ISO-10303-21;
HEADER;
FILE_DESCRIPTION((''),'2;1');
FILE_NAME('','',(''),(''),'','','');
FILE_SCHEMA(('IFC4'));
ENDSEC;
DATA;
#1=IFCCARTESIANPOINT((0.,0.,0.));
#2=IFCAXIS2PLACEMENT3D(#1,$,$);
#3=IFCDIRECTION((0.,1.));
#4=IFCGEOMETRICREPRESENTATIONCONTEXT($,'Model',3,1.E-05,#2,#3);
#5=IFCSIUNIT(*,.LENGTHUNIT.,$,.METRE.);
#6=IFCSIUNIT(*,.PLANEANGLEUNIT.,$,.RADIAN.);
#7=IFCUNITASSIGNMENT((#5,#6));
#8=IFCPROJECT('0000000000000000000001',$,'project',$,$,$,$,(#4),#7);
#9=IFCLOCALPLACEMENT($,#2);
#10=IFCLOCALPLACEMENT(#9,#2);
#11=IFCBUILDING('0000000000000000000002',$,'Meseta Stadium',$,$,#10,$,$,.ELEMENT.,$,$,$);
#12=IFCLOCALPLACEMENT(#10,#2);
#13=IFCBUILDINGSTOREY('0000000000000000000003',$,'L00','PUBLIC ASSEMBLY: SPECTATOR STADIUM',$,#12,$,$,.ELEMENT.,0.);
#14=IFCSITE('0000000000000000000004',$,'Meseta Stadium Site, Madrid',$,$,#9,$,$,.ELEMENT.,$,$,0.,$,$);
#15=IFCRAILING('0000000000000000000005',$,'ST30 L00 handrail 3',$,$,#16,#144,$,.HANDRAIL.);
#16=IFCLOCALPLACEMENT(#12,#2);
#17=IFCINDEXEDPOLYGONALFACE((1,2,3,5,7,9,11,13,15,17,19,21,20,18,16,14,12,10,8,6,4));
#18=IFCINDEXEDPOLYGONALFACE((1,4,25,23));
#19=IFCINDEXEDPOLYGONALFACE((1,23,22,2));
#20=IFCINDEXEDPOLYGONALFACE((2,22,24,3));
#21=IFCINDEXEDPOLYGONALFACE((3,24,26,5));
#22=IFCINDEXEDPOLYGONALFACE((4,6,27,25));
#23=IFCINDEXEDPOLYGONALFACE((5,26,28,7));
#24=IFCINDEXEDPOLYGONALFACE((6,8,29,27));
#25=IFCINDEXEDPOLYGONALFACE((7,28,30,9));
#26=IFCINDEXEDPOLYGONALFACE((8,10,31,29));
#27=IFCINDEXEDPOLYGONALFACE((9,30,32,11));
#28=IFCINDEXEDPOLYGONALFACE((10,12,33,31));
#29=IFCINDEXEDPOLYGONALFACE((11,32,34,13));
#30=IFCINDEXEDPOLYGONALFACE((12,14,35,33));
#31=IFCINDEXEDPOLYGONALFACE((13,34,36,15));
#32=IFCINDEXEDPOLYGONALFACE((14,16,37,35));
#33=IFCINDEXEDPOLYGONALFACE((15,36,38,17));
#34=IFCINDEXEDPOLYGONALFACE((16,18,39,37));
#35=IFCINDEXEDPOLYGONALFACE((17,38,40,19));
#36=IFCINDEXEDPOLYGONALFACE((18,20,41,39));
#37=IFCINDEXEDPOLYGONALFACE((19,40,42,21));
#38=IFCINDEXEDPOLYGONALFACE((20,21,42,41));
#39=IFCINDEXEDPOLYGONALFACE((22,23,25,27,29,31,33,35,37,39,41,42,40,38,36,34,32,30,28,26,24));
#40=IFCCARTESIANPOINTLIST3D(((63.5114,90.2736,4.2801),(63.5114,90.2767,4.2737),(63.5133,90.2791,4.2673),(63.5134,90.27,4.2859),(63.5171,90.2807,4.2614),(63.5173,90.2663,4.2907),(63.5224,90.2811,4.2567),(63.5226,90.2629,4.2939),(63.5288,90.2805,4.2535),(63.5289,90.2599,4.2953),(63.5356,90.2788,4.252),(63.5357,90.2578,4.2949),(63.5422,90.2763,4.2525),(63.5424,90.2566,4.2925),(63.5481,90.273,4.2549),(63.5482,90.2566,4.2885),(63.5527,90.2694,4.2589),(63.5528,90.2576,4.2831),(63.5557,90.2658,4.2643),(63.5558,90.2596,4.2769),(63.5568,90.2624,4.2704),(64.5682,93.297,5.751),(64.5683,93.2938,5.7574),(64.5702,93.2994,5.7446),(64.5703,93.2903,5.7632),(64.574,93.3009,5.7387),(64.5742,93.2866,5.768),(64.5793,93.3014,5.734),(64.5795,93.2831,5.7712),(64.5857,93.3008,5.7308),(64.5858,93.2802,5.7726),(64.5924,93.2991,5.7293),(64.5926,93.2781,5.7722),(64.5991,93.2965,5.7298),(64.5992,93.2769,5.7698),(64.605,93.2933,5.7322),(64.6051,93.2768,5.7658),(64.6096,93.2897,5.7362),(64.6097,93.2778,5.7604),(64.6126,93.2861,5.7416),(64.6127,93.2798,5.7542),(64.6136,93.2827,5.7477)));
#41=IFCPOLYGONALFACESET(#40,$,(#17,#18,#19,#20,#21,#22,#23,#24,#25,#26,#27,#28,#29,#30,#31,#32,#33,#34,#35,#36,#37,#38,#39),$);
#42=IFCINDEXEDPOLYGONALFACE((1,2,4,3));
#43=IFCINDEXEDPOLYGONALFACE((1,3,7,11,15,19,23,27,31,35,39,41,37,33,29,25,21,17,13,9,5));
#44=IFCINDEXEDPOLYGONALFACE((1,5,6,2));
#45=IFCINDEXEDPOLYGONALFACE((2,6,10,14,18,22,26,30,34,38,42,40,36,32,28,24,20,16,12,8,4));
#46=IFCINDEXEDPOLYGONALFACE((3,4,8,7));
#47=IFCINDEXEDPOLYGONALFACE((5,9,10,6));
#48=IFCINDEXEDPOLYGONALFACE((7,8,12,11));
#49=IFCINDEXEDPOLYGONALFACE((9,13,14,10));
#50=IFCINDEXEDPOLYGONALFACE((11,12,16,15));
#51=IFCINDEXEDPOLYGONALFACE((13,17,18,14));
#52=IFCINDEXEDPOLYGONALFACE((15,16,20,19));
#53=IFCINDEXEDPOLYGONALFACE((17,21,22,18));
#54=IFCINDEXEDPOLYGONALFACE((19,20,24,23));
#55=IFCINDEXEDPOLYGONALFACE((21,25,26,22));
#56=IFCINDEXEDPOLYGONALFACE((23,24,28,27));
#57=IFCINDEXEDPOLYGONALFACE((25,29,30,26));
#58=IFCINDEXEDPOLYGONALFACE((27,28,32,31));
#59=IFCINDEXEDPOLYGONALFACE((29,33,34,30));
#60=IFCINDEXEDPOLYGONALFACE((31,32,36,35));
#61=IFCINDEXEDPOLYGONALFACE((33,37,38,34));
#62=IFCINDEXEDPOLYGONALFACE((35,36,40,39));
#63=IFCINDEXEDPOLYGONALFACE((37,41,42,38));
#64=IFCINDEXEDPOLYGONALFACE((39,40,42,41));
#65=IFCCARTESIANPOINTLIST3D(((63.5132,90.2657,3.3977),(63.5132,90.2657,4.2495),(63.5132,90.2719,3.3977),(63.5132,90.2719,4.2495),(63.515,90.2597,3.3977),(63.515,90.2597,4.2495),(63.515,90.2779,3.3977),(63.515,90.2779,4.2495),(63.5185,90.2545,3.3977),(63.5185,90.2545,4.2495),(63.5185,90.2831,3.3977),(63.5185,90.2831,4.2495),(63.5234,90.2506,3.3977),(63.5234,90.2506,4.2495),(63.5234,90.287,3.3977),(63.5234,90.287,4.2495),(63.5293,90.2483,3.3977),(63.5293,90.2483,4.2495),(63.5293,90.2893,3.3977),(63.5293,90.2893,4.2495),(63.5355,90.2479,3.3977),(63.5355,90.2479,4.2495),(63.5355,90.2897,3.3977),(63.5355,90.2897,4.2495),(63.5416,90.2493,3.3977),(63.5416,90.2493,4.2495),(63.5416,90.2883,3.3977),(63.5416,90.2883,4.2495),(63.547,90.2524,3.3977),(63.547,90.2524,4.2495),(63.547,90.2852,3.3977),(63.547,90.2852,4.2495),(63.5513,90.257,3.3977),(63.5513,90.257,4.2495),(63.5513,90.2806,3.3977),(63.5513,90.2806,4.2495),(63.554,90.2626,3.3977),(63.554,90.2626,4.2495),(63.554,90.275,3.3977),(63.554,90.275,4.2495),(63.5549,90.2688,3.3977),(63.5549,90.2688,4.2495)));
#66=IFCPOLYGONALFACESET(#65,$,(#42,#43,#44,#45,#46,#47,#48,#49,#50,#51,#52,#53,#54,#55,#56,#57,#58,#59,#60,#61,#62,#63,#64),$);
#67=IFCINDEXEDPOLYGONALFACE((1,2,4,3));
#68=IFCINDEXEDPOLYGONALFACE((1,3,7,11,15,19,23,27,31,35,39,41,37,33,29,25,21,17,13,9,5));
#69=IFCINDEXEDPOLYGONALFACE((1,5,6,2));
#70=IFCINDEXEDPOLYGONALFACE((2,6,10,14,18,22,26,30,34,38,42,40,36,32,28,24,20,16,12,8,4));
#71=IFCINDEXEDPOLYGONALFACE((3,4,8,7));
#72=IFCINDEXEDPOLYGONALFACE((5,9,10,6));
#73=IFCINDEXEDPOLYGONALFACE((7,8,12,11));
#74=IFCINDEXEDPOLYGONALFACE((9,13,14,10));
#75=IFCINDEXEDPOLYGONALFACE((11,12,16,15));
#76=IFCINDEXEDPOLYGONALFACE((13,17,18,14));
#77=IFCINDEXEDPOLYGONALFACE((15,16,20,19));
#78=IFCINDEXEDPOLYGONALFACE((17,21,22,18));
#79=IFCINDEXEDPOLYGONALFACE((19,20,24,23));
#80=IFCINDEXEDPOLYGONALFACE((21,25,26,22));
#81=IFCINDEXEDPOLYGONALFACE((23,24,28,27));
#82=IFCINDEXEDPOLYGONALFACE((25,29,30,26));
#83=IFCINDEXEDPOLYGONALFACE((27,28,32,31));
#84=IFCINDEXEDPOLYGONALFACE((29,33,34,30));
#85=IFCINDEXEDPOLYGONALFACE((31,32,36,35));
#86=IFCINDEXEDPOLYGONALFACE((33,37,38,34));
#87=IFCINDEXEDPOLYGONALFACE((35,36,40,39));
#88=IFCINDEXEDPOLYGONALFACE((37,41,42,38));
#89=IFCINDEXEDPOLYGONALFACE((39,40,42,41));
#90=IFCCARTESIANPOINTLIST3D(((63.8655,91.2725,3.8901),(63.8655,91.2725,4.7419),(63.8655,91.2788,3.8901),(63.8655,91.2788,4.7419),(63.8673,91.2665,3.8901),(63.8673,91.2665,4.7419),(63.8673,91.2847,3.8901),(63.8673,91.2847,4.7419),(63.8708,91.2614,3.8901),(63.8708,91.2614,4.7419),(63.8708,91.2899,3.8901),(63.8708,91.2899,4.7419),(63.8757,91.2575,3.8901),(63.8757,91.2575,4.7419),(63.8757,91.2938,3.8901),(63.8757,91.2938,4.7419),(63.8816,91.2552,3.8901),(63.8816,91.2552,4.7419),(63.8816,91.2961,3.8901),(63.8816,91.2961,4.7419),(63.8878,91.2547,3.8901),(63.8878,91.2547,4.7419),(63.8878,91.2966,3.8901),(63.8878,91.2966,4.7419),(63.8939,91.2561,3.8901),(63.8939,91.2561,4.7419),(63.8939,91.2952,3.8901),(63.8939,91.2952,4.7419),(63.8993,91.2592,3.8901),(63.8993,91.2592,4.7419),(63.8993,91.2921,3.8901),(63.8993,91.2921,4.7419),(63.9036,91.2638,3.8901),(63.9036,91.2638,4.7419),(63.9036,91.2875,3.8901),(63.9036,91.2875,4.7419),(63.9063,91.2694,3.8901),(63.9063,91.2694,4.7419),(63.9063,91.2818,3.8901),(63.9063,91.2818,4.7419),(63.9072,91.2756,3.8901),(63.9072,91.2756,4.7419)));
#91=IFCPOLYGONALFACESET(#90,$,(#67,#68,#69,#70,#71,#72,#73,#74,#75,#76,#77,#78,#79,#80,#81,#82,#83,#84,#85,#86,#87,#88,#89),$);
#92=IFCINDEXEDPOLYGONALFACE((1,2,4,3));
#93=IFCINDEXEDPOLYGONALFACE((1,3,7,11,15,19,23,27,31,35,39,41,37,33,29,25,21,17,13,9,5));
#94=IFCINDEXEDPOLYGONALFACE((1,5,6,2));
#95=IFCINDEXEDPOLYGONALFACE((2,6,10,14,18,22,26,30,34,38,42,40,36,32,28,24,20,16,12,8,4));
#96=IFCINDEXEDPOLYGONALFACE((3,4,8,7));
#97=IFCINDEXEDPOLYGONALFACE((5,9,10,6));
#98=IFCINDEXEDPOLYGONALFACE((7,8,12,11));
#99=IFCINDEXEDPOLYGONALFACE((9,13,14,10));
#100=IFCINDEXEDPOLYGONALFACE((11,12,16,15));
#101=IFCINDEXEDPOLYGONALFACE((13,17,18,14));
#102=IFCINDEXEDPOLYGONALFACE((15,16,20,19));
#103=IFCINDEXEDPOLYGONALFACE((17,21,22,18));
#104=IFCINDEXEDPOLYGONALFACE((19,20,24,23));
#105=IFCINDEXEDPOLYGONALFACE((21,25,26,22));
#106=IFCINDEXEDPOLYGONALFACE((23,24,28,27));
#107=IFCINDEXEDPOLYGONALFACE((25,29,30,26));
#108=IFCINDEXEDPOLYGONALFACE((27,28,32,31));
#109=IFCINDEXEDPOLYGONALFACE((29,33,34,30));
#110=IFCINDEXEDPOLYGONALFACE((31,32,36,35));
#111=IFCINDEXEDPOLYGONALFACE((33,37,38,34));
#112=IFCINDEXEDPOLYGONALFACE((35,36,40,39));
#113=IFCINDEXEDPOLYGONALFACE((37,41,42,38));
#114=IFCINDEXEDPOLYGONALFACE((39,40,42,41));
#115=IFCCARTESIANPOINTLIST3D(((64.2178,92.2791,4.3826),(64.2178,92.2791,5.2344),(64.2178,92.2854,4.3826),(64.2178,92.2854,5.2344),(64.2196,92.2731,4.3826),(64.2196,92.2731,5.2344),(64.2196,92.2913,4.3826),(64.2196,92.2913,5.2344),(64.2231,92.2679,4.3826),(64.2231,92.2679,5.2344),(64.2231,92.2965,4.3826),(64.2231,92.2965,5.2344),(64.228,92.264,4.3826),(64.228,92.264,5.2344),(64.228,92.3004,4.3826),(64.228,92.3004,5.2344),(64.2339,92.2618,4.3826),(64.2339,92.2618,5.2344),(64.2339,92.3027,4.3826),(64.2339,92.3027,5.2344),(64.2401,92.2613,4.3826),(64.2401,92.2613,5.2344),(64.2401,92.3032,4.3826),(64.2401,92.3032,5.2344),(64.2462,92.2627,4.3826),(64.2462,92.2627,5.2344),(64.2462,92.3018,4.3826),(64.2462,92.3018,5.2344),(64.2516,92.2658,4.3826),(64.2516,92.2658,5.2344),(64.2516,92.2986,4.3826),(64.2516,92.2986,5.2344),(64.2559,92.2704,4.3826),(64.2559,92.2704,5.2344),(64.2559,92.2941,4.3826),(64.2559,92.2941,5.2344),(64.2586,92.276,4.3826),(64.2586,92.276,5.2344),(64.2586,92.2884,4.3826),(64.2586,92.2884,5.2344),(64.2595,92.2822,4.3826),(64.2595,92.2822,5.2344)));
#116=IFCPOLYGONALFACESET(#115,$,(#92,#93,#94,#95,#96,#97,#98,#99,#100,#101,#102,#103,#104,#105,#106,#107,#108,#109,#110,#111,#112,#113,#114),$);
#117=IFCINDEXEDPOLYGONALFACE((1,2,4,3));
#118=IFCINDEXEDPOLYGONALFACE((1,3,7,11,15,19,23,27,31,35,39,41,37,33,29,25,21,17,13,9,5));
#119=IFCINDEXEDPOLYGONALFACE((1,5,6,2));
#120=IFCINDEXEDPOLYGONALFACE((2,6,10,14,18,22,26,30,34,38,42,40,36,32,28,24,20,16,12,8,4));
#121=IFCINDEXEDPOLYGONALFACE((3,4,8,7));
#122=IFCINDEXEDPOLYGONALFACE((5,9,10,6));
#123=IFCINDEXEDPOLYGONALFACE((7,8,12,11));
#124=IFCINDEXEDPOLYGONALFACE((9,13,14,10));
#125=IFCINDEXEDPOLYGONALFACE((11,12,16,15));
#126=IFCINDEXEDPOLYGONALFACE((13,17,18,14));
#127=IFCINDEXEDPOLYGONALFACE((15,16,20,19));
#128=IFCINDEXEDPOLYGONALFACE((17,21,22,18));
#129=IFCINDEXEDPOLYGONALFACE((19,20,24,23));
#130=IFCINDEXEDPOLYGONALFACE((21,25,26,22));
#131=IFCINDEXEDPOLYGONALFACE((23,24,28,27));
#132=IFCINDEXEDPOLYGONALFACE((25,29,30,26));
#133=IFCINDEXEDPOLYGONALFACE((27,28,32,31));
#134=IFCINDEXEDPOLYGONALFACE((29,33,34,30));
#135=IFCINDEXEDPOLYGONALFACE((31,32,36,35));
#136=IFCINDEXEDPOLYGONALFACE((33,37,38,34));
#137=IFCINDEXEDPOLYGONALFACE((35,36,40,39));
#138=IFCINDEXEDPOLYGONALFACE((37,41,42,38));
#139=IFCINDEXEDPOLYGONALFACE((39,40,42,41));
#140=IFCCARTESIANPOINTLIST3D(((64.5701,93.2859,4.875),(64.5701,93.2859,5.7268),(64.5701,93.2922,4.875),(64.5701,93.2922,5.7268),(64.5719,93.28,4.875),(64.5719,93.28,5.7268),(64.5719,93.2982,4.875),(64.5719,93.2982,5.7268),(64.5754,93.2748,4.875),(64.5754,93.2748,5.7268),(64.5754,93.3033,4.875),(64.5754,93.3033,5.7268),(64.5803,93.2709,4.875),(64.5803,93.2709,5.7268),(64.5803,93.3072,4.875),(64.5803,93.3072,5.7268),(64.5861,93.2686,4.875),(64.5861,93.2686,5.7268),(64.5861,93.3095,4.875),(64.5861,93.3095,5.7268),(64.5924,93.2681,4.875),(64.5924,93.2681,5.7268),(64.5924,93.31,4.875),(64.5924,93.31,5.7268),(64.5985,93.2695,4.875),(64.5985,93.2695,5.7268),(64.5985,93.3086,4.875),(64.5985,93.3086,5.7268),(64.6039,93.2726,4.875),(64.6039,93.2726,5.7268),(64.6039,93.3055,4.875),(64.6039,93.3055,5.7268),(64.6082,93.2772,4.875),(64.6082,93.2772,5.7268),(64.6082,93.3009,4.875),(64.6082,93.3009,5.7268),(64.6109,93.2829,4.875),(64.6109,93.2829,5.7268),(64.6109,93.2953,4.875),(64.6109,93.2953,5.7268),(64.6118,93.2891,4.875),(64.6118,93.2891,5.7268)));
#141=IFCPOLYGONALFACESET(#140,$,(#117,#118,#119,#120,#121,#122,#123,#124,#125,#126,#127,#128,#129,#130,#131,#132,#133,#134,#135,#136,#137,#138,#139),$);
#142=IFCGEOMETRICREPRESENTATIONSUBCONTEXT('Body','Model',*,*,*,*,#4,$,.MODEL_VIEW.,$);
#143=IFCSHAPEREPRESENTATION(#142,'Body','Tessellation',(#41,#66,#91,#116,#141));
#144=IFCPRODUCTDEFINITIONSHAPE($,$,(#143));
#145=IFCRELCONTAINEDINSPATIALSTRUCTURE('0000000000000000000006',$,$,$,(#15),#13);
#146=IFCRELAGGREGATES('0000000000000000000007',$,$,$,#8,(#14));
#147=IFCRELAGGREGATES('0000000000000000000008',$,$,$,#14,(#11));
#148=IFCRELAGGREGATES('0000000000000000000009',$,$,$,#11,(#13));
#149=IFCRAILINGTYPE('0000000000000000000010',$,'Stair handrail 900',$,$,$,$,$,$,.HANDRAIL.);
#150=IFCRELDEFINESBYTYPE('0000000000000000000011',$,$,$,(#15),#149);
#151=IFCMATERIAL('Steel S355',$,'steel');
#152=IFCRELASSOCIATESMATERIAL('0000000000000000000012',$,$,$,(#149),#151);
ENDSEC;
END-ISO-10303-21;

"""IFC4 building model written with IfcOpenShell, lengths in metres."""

from ifc_helpers import new_model, si_unit, direction, frame, origin, origin_2d, place, context, subcontext, project, spatial, circle, extrude, material, type_object, element, save


model = new_model("IFC4")

# Units and contexts
model_context = context("Model", 3, precision=1e-05, world=origin(), true_north=direction((0.0, 1.0)))
body_context = subcontext(model_context, "Body", "Model", "MODEL_VIEW")
ifc_project = project(units=[si_unit("LENGTHUNIT", "METRE"), si_unit("PLANEANGLEUNIT", "RADIAN")], contexts=[model_context])

# Site, building, storey
site_placement = place(None, origin())
site = spatial("IfcSite", under=ifc_project, at=site_placement, Name="Meseta Stadium Site, Madrid", CompositionType="ELEMENT", RefElevation=0.0)
building_placement = place(site_placement, origin())
building = spatial("IfcBuilding", under=site, at=building_placement, Name="Meseta Stadium", CompositionType="ELEMENT")
storey_placement = place(building_placement, origin())
storey = spatial("IfcBuildingStorey", under=building, at=storey_placement, Name="L00", Description="PUBLIC ASSEMBLY: SPECTATOR STADIUM", CompositionType="ELEMENT", Elevation=0.0)

# Railing
ifc_material_1 = material(Name="Steel S355", Category="steel")
railing_type_1 = type_object("IfcRailingType", Name="Stair handrail 900", PredefinedType="HANDRAIL", material=ifc_material_1)
for number, where, name in (
    (1, (63.5339, 90.2688, 3.3977), "ST30 L00 handrail 3"),
):
    element("IfcRailing", number, at=place(storey_placement, frame(where)), inside=storey, type_object=railing_type_1, Name=name, PredefinedType="HANDRAIL", context=body_context, shape_type="SweptSolid", body=[
        extrude(circle(Radius=0.0239, at=origin_2d()), frame((0.0, 0.0, 0.876), z_axis=(0.299876, 0.856958, 0.419162), x_axis=(-0.943879, 0.330293, 0.0)), (0.0, 0.0, 1.0), 3.5244),
        extrude(circle(Radius=0.021, at=origin_2d()), origin(), (0.0, 0.0, 1.0), 0.8518),
        extrude(circle(Radius=0.021, at=origin_2d()), frame((0.3523, 1.0068, 0.4924)), (0.0, 0.0, 1.0), 0.8518),
        extrude(circle(Radius=0.021, at=origin_2d()), frame((0.7046, 2.0134, 0.9849)), (0.0, 0.0, 1.0), 0.8518),
        extrude(circle(Radius=0.021, at=origin_2d()), frame((1.0569, 3.0203, 1.4773)), (0.0, 0.0, 1.0), 0.8518),
    ])

save(model, "model.ifc")
